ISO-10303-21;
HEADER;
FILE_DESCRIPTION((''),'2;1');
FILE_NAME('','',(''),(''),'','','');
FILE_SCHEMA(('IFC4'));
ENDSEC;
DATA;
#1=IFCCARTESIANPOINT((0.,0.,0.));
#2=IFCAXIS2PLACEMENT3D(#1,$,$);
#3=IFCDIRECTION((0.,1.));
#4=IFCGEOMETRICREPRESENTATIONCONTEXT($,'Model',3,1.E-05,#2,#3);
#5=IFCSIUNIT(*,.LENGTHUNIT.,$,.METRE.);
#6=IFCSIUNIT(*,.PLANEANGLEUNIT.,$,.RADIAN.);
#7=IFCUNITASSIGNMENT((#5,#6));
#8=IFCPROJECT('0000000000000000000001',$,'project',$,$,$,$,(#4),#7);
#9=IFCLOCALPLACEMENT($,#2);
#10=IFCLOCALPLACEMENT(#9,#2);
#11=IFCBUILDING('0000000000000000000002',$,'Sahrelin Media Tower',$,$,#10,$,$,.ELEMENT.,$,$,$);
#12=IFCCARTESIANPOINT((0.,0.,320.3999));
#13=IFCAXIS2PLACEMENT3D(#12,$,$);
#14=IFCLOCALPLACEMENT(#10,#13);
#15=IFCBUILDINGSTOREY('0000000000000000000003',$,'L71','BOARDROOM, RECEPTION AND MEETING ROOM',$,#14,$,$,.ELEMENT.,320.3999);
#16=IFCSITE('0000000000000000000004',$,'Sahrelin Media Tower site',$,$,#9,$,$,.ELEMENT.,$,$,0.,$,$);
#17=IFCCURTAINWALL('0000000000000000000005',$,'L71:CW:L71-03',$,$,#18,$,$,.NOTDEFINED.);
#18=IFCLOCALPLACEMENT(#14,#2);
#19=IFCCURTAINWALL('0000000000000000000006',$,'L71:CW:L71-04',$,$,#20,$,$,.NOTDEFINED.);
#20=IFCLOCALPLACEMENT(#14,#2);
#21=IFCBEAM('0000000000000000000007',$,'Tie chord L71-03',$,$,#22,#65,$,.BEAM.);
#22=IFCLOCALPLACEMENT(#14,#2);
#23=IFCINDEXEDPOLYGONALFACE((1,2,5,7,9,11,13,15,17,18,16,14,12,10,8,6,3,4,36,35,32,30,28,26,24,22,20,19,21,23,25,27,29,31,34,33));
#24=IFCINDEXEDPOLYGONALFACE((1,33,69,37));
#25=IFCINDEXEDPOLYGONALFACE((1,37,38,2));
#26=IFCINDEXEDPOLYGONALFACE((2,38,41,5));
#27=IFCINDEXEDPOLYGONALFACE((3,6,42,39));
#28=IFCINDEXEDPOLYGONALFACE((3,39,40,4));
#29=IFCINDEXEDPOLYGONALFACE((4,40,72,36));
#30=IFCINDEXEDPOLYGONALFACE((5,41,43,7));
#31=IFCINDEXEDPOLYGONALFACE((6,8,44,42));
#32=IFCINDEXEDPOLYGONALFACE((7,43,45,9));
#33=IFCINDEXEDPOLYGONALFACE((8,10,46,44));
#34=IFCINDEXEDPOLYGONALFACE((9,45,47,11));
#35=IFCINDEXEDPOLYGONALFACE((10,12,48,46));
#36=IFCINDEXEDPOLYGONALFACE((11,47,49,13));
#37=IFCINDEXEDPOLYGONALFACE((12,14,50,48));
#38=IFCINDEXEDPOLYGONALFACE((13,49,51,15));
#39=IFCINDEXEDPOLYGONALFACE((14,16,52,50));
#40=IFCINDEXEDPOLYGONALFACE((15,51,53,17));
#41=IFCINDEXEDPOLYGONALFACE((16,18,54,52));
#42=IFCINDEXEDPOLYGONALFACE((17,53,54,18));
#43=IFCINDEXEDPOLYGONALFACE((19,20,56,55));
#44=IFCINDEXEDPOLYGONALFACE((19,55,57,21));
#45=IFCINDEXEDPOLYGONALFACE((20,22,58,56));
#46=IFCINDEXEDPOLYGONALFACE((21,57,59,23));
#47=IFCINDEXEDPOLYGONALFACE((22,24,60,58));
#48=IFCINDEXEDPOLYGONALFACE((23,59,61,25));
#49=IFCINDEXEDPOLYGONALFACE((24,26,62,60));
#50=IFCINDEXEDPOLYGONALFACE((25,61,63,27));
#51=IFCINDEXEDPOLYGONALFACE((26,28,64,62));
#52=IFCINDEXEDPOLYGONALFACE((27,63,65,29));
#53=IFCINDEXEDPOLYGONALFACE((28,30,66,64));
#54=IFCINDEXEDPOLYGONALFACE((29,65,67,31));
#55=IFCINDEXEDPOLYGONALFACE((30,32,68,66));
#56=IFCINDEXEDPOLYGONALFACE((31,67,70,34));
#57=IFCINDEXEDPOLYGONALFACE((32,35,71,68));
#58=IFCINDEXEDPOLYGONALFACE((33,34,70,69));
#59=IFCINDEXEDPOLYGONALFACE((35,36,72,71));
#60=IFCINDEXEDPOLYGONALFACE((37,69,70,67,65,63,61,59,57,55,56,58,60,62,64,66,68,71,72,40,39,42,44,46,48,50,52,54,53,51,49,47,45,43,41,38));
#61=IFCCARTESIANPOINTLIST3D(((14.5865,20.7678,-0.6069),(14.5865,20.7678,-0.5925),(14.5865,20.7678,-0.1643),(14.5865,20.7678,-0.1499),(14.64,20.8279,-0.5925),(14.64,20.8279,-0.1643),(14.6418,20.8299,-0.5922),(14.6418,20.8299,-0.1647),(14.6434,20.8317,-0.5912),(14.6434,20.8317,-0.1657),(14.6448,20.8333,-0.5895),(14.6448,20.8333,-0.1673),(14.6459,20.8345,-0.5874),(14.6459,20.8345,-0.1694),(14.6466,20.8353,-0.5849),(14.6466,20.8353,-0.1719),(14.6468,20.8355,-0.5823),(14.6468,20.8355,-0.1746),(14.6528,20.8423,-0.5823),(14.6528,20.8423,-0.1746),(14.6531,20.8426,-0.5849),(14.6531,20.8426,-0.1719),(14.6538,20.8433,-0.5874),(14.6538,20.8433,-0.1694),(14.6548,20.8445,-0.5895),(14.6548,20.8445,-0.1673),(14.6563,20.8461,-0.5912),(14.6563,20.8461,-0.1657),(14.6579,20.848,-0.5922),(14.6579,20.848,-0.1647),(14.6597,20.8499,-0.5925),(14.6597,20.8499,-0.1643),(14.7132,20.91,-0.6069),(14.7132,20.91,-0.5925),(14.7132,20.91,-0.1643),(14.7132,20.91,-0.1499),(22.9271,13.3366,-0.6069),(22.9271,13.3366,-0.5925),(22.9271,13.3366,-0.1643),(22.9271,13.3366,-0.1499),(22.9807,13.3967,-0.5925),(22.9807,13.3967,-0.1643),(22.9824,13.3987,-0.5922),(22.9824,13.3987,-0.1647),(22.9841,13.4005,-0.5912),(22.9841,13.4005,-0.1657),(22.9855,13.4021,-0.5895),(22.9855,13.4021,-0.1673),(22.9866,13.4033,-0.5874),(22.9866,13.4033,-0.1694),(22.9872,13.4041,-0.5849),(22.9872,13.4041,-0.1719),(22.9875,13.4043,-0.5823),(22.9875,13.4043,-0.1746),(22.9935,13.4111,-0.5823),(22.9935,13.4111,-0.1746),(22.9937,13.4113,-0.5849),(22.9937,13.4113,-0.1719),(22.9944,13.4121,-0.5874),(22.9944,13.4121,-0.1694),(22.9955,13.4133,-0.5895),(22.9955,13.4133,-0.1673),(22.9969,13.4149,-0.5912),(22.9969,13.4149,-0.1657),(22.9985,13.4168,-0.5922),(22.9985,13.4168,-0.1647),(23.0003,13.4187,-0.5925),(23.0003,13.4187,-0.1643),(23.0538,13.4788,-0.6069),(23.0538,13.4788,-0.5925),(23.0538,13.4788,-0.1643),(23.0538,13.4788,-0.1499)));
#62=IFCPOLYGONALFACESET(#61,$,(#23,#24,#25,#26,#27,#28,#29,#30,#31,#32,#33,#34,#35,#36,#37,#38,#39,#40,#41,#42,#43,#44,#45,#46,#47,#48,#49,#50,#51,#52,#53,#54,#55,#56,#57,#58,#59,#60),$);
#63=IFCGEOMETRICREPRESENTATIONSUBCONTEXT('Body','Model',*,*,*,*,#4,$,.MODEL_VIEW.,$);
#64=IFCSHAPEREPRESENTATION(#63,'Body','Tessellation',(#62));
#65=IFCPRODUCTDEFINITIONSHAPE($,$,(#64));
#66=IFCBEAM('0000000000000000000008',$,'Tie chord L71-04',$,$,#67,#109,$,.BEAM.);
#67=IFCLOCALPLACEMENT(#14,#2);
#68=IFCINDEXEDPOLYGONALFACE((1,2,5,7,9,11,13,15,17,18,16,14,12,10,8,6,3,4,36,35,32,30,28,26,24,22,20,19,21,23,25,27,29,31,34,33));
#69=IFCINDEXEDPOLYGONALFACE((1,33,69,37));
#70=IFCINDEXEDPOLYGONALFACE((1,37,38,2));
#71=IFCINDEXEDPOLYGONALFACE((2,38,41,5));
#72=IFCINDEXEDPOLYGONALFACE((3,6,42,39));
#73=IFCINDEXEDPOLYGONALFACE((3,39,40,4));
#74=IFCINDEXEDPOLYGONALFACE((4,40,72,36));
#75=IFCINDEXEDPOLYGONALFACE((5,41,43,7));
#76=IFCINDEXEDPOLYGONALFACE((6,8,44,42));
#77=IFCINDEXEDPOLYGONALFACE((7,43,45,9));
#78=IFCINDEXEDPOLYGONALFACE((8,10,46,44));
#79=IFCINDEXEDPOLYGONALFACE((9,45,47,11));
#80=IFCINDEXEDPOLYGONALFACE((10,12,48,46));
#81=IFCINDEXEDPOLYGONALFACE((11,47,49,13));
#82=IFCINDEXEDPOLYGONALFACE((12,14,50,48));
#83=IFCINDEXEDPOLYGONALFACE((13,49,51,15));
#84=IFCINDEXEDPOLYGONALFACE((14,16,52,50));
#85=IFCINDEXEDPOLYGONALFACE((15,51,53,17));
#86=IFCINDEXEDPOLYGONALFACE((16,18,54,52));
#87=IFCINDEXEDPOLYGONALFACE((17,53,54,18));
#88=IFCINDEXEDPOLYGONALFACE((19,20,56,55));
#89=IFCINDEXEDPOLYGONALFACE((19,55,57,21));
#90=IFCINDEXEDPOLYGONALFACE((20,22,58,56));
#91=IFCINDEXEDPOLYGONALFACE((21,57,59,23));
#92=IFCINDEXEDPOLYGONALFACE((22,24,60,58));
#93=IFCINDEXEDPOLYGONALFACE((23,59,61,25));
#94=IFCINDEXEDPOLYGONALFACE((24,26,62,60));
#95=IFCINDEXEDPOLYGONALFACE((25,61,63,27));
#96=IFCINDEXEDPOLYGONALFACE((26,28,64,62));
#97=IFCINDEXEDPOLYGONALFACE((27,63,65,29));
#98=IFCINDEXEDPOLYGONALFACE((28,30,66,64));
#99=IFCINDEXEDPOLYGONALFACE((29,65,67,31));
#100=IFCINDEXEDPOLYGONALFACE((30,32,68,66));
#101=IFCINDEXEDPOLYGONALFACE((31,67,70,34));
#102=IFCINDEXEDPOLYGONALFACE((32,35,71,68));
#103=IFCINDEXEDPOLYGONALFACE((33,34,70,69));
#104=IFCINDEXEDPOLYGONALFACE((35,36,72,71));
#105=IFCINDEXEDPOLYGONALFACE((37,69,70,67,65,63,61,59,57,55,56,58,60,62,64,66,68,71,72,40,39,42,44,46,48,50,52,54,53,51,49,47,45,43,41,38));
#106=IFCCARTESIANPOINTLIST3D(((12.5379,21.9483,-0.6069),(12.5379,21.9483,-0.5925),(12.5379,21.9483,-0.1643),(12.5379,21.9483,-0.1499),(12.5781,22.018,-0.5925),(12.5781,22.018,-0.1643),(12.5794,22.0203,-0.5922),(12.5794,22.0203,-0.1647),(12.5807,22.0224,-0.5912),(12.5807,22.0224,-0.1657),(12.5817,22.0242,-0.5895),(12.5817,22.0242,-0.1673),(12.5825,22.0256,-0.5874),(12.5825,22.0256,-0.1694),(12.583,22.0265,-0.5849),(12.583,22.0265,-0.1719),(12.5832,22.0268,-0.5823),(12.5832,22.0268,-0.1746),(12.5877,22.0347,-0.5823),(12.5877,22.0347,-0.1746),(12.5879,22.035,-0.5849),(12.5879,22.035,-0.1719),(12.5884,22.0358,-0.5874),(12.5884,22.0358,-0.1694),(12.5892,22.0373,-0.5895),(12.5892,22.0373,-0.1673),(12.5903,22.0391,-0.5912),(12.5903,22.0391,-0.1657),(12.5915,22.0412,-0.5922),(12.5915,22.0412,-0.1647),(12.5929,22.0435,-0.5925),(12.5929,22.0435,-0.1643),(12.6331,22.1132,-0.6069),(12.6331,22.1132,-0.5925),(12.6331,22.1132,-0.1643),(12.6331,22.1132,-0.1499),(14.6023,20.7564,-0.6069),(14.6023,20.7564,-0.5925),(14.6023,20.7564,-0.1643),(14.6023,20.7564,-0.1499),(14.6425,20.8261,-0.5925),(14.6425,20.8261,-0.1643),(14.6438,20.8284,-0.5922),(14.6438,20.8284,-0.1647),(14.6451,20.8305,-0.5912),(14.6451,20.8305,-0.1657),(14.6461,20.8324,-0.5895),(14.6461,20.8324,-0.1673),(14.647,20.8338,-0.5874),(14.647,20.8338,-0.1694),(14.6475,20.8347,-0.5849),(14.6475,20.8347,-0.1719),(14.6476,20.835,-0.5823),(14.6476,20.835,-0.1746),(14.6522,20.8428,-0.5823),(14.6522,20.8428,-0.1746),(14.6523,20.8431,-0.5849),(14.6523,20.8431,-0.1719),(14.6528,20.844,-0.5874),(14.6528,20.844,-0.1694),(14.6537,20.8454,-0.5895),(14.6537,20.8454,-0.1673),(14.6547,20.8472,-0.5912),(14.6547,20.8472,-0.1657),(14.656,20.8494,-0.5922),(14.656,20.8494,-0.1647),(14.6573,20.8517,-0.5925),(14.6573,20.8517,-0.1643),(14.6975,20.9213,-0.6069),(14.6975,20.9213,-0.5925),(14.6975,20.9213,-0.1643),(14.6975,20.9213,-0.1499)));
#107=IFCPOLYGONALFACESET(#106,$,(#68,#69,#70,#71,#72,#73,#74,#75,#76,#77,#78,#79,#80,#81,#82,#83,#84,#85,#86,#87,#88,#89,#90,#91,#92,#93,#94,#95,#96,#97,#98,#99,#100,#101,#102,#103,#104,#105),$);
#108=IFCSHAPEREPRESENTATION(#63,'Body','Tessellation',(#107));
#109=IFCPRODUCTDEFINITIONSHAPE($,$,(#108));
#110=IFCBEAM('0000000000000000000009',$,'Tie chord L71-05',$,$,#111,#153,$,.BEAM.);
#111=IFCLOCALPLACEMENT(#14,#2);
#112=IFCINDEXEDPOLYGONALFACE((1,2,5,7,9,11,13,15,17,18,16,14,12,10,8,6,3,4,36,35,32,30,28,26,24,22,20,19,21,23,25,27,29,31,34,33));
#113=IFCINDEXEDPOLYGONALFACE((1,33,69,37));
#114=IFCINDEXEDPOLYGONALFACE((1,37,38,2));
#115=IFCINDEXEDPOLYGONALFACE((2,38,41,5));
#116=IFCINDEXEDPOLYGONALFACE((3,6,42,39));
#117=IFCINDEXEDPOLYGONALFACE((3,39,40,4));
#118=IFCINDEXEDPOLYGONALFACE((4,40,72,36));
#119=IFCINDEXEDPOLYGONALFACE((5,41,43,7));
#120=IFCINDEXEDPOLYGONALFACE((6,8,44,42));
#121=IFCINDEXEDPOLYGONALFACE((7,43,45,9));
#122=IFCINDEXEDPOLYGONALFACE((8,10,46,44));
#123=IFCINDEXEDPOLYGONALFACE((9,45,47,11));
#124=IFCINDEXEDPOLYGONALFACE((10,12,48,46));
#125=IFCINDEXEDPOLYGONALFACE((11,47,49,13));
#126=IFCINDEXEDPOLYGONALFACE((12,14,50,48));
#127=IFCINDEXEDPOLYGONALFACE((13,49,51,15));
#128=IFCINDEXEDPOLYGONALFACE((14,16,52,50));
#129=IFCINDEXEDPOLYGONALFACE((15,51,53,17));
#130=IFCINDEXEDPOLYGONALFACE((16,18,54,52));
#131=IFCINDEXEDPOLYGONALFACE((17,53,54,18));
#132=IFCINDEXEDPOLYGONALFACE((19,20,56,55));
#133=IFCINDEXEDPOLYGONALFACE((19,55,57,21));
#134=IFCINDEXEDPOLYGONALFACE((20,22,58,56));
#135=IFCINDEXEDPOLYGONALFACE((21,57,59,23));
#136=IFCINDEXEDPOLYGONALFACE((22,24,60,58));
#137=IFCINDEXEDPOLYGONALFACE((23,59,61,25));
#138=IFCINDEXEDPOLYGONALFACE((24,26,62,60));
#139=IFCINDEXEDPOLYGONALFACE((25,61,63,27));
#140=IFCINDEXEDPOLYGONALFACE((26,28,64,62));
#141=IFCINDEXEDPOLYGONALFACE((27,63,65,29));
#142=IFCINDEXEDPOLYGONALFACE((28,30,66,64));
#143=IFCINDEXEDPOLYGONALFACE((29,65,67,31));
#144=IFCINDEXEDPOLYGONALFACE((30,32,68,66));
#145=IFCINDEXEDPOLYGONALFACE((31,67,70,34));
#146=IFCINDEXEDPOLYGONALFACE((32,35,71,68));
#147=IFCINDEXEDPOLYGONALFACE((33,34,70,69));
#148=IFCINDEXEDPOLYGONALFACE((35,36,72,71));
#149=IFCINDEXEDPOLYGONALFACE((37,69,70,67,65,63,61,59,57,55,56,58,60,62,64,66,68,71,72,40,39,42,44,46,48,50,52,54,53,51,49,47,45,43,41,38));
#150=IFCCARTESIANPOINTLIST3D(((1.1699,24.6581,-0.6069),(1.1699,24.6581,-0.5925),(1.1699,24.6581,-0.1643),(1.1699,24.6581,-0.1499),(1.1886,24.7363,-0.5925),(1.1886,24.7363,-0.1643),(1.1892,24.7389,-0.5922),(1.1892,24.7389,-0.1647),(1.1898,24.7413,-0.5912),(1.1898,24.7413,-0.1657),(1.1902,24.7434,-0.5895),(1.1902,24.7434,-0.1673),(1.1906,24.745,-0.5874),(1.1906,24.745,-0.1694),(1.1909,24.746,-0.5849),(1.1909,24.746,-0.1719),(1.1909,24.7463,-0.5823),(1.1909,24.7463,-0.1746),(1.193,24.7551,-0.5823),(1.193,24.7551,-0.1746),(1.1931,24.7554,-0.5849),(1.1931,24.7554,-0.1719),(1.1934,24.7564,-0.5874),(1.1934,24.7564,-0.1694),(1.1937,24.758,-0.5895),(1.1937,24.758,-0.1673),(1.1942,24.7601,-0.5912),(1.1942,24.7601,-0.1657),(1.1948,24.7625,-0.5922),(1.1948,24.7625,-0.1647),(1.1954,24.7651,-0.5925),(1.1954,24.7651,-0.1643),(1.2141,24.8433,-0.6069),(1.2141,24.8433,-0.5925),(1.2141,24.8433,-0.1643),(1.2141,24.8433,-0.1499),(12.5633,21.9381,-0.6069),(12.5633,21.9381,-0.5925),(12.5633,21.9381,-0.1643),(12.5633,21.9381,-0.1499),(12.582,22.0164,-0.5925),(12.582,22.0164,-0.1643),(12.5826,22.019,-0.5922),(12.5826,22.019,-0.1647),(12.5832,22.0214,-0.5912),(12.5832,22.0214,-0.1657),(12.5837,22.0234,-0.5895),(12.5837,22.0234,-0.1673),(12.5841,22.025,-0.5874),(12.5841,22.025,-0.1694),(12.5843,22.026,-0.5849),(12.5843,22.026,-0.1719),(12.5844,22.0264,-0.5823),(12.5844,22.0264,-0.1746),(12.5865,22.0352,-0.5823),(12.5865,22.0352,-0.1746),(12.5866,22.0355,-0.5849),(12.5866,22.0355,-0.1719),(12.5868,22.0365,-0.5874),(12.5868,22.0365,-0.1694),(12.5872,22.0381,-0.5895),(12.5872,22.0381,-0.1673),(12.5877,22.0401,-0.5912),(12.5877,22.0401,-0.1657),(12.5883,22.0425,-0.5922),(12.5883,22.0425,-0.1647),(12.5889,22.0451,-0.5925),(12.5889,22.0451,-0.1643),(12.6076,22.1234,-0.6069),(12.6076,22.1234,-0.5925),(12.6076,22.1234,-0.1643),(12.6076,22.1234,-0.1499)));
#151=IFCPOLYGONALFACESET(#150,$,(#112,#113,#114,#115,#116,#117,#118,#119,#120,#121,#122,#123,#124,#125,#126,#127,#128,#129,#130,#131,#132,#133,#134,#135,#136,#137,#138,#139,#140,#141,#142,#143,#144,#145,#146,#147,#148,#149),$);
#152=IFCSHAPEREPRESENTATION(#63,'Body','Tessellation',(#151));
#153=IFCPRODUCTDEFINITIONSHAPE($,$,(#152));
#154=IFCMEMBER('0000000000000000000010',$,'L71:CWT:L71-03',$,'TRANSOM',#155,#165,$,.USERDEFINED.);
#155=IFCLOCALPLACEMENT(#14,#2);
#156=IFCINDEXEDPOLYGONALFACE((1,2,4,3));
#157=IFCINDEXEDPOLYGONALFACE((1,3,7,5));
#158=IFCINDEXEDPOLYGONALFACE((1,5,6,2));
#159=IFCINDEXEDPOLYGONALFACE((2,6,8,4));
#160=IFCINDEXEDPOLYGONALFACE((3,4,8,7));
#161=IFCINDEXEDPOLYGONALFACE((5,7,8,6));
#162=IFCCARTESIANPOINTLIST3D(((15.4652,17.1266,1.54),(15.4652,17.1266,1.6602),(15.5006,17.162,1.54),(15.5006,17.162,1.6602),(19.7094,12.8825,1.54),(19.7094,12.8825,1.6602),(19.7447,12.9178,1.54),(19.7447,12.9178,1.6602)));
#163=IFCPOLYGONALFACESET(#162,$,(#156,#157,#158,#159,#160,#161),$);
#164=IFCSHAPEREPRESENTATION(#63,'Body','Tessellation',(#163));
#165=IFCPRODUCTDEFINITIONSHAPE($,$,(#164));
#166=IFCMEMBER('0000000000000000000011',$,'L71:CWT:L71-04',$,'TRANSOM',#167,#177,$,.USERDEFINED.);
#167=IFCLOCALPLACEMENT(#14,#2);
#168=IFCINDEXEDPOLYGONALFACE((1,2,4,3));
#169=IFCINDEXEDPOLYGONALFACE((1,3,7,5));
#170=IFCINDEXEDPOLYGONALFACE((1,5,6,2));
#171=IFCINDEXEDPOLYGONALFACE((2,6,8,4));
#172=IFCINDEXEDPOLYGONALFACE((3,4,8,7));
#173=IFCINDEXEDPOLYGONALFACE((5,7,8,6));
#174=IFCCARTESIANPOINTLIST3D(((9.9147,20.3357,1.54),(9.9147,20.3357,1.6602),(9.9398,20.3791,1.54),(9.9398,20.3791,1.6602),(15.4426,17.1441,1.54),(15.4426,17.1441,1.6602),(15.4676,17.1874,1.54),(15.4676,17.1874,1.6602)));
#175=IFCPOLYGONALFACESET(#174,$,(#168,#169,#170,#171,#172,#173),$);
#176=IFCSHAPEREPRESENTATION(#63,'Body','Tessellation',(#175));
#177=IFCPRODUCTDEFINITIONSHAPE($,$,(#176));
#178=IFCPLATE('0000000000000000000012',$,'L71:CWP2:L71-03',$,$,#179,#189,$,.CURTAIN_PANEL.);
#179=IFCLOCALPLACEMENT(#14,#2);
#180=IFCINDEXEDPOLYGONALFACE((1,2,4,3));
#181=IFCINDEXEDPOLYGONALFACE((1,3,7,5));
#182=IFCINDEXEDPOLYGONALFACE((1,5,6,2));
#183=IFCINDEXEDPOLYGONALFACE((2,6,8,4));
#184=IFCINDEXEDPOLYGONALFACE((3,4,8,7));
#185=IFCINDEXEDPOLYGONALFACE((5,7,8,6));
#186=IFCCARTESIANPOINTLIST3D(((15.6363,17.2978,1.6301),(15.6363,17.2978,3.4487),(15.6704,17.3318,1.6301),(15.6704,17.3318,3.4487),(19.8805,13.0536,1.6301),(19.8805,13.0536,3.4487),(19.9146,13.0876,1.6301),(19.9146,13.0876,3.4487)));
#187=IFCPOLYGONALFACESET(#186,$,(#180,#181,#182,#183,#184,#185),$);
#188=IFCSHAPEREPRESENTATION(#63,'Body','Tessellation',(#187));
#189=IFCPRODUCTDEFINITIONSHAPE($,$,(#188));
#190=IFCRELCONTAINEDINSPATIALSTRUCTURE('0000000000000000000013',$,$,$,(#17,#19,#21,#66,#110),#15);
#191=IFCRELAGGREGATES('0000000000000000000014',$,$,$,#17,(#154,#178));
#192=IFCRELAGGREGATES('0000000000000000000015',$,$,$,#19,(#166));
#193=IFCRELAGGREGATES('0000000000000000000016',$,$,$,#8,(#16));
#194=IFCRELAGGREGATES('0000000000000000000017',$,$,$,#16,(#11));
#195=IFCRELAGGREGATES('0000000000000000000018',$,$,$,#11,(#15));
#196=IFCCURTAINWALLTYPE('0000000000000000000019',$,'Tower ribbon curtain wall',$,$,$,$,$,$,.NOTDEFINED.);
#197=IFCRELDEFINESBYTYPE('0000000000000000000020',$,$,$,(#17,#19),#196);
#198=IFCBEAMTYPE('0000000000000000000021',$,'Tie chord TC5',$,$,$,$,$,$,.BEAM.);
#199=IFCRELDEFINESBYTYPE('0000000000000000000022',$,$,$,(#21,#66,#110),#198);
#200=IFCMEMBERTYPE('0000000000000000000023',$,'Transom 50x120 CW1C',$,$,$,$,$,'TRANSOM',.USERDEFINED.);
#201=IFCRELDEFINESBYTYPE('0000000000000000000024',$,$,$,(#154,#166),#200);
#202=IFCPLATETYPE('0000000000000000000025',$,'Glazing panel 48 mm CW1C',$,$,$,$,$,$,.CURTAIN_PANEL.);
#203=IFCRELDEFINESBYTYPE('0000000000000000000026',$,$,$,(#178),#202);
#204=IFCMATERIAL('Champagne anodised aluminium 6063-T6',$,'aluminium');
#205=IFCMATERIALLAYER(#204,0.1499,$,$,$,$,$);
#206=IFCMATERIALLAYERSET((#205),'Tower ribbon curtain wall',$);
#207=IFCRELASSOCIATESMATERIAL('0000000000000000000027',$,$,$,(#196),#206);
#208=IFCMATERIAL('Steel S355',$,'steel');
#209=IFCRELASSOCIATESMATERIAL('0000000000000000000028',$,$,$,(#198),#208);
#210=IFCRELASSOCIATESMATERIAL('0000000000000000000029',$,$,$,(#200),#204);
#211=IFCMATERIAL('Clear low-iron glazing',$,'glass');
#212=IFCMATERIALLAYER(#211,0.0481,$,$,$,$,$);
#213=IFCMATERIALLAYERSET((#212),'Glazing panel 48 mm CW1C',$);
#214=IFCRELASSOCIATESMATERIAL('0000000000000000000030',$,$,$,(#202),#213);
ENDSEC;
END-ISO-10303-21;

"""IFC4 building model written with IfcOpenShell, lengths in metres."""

from ifc_helpers import new_model, si_unit, direction, frame, origin, origin_2d, place, context, subcontext, project, spatial, polyline, rectangle, i_section, outline, extrude, material, layer, layer_set, material_profile, profile_set, type_object, element, aggregate, save


model = new_model("IFC4")

# Units and contexts
model_context = context("Model", 3, precision=1e-05, world=origin(), true_north=direction((0.0, 1.0)))
body_context = subcontext(model_context, "Body", "Model", "MODEL_VIEW")
ifc_project = project(units=[si_unit("LENGTHUNIT", "METRE"), si_unit("PLANEANGLEUNIT", "RADIAN")], contexts=[model_context])

# Site, building, storey
site_placement = place(None, origin())
site = spatial("IfcSite", under=ifc_project, at=site_placement, Name="Sahrelin Media Tower site", CompositionType="ELEMENT", RefElevation=0.0)
building_placement = place(site_placement, origin())
building = spatial("IfcBuilding", under=site, at=building_placement, Name="Sahrelin Media Tower", CompositionType="ELEMENT")
storey_placement = place(building_placement, frame((0.0, 0.0, 320.3999)))
storey = spatial("IfcBuildingStorey", under=building, at=storey_placement, Name="L71", Description="BOARDROOM, RECEPTION AND MEETING ROOM", CompositionType="ELEMENT", Elevation=320.3999)

# Shared definitions
ifc_material_1 = material(Name="Steel S355", Category="steel")

# Curtain walls
ifc_material_2 = material(Name="Champagne anodised aluminium 6063-T6", Category="aluminium")
ifc_layer_1 = layer(ifc_material_2, 0.1499)
ifc_layer_set_1 = layer_set([ifc_layer_1], Name="Tower ribbon curtain wall")
curtain_wall_type = type_object("IfcCurtainWallType", Name="Tower ribbon curtain wall", PredefinedType="NOTDEFINED", material=ifc_layer_set_1)
curtain_wall_1_placement = place(storey_placement, frame((17.7783, 15.1956, 0.0), z_axis=(0.0, 0.0, 1.0), x_axis=(1.0, 0.0, 0.0)))
curtain_wall_1 = element("IfcCurtainWall", 1, at=curtain_wall_1_placement, inside=storey, type_object=curtain_wall_type, Name="L71:CW:L71-03", PredefinedType="NOTDEFINED")
curtain_wall_2_placement = place(storey_placement, frame((12.8137, 18.9739, 0.0), z_axis=(0.0, 0.0, 1.0), x_axis=(1.0, 0.0, 0.0)))
curtain_wall_2 = element("IfcCurtainWall", 2, at=curtain_wall_2_placement, inside=storey, type_object=curtain_wall_type, Name="L71:CW:L71-04", PredefinedType="NOTDEFINED")

# Beams
ifc_material_profile_1 = material_profile(ifc_material_1, i_section(OverallWidth=0.1904, OverallDepth=0.457, WebThickness=0.009, FlangeThickness=0.0144, FilletRadius=0.0103, at=origin_2d()), Name="UB 457x191x74")
ifc_profile_set_1 = profile_set([ifc_material_profile_1], Name="Steel S355")
beam_type_1 = type_object("IfcBeamType", Name="Tie chord TC5", PredefinedType="BEAM", material=ifc_profile_set_1)
beam_1_placement = place(storey_placement, frame((22.9905, 13.4077, -0.3784), z_axis=(-0.74664, 0.665229, 0.0), x_axis=(-0.665229, -0.74664, 0.0)))
element("IfcBeam", 3, at=beam_1_placement, inside=storey, type_object=beam_type_1, Name="Tie chord L71-03", PredefinedType="BEAM", context=body_context, shape_type="SweptSolid", body=[
    extrude(i_section(OverallWidth=0.1904, OverallDepth=0.457, WebThickness=0.009, FlangeThickness=0.0144, FilletRadius=0.0103, at=origin_2d()), origin(), (0.0, 0.0, 1.0), 11.1709),
])
beam_2_placement = place(storey_placement, frame((14.6499, 20.8389, -0.3784), z_axis=(-0.866029, 0.499994, 0.0), x_axis=(-0.499994, -0.866029, 0.0)))
element("IfcBeam", 4, at=beam_2_placement, inside=storey, type_object=beam_type_1, Name="Tie chord L71-04", PredefinedType="BEAM", context=body_context, shape_type="SweptSolid", body=[
    extrude(i_section(OverallWidth=0.1904, OverallDepth=0.457, WebThickness=0.009, FlangeThickness=0.0144, FilletRadius=0.0103, at=origin_2d()), origin(), (0.0, 0.0, 1.0), 2.3838),
])
beam_3_placement = place(storey_placement, frame((12.5854, 22.0308, -0.3784), z_axis=(-0.972667, 0.232204, 0.0), x_axis=(-0.232204, -0.972667, 0.0)))
element("IfcBeam", 5, at=beam_3_placement, inside=storey, type_object=beam_type_1, Name="Tie chord L71-05", PredefinedType="BEAM", context=body_context, shape_type="SweptSolid", body=[
    extrude(i_section(OverallWidth=0.1904, OverallDepth=0.457, WebThickness=0.009, FlangeThickness=0.0144, FilletRadius=0.0103, at=origin_2d()), origin(), (0.0, 0.0, 1.0), 11.7136),
])

# Members
ifc_material_profile_2 = material_profile(ifc_material_2, rectangle(XDim=0.05, YDim=0.1201, at=origin_2d()), Name="Transom 50x120")
ifc_profile_set_2 = profile_set([ifc_material_profile_2], Name="Champagne anodised aluminium 6063-T6")
member_type_1 = type_object("IfcMemberType", Name="Transom 50x120 CW1C", ElementType="TRANSOM", PredefinedType="USERDEFINED", material=ifc_profile_set_2)
member_1_placement = place(storey_placement, frame((19.7271, 12.9001, 1.6001), z_axis=(-0.707107, 0.707107, 0.0), x_axis=(-0.707107, -0.707107, 0.0)))
member_1 = element("IfcMember", 6, at=member_1_placement, type_object=member_type_1, Name="L71:CWT:L71-03", ObjectType="TRANSOM", PredefinedType="USERDEFINED", context=body_context, shape_type="SweptSolid", body=[
    extrude(rectangle(XDim=0.05, YDim=0.1201, at=origin_2d()), origin(), (0.0, 0.0, 1.0), 6.0022),
])
member_2_placement = place(storey_placement, frame((15.4551, 17.1658, 1.6001), z_axis=(-0.866015, 0.500018, 0.0), x_axis=(-0.500018, -0.866015, 0.0)))
member_2 = element("IfcMember", 7, at=member_2_placement, type_object=member_type_1, Name="L71:CWT:L71-04", ObjectType="TRANSOM", PredefinedType="USERDEFINED", context=body_context, shape_type="SweptSolid", body=[
    extrude(rectangle(XDim=0.05, YDim=0.1201, at=origin_2d()), origin(), (0.0, 0.0, 1.0), 6.3831),
])

# Plate
ifc_material_3 = material(Name="Clear low-iron glazing", Category="glass")
ifc_layer_2 = layer(ifc_material_3, 0.0481)
ifc_layer_set_2 = layer_set([ifc_layer_2], Name="Glazing panel 48 mm CW1C")
plate_type_1 = type_object("IfcPlateType", Name="Glazing panel 48 mm CW1C", PredefinedType="CURTAIN_PANEL", material=ifc_layer_set_2)
plate_1_placement = place(storey_placement, frame((19.9146, 13.0876, 1.6301), z_axis=(0.707107, 0.707107, 0.0), x_axis=(-0.707107, 0.707107, 0.0)))
plate_1 = element("IfcPlate", 8, at=plate_1_placement, type_object=plate_type_1, Name="L71:CWP2:L71-03", PredefinedType="CURTAIN_PANEL", context=body_context, shape_type="SweptSolid", body=[
    extrude(outline(polyline([(0.0, 0.0), (6.0022, 0.0), (6.0022, 1.8186), (0.0, 1.8186), (0.0, 0.0)])), origin(), (0.0, 0.0, -1.0), 0.0481),
])
aggregate(curtain_wall_1, [member_1, plate_1])
aggregate(curtain_wall_2, [member_2])

save(model, "model.ifc")
